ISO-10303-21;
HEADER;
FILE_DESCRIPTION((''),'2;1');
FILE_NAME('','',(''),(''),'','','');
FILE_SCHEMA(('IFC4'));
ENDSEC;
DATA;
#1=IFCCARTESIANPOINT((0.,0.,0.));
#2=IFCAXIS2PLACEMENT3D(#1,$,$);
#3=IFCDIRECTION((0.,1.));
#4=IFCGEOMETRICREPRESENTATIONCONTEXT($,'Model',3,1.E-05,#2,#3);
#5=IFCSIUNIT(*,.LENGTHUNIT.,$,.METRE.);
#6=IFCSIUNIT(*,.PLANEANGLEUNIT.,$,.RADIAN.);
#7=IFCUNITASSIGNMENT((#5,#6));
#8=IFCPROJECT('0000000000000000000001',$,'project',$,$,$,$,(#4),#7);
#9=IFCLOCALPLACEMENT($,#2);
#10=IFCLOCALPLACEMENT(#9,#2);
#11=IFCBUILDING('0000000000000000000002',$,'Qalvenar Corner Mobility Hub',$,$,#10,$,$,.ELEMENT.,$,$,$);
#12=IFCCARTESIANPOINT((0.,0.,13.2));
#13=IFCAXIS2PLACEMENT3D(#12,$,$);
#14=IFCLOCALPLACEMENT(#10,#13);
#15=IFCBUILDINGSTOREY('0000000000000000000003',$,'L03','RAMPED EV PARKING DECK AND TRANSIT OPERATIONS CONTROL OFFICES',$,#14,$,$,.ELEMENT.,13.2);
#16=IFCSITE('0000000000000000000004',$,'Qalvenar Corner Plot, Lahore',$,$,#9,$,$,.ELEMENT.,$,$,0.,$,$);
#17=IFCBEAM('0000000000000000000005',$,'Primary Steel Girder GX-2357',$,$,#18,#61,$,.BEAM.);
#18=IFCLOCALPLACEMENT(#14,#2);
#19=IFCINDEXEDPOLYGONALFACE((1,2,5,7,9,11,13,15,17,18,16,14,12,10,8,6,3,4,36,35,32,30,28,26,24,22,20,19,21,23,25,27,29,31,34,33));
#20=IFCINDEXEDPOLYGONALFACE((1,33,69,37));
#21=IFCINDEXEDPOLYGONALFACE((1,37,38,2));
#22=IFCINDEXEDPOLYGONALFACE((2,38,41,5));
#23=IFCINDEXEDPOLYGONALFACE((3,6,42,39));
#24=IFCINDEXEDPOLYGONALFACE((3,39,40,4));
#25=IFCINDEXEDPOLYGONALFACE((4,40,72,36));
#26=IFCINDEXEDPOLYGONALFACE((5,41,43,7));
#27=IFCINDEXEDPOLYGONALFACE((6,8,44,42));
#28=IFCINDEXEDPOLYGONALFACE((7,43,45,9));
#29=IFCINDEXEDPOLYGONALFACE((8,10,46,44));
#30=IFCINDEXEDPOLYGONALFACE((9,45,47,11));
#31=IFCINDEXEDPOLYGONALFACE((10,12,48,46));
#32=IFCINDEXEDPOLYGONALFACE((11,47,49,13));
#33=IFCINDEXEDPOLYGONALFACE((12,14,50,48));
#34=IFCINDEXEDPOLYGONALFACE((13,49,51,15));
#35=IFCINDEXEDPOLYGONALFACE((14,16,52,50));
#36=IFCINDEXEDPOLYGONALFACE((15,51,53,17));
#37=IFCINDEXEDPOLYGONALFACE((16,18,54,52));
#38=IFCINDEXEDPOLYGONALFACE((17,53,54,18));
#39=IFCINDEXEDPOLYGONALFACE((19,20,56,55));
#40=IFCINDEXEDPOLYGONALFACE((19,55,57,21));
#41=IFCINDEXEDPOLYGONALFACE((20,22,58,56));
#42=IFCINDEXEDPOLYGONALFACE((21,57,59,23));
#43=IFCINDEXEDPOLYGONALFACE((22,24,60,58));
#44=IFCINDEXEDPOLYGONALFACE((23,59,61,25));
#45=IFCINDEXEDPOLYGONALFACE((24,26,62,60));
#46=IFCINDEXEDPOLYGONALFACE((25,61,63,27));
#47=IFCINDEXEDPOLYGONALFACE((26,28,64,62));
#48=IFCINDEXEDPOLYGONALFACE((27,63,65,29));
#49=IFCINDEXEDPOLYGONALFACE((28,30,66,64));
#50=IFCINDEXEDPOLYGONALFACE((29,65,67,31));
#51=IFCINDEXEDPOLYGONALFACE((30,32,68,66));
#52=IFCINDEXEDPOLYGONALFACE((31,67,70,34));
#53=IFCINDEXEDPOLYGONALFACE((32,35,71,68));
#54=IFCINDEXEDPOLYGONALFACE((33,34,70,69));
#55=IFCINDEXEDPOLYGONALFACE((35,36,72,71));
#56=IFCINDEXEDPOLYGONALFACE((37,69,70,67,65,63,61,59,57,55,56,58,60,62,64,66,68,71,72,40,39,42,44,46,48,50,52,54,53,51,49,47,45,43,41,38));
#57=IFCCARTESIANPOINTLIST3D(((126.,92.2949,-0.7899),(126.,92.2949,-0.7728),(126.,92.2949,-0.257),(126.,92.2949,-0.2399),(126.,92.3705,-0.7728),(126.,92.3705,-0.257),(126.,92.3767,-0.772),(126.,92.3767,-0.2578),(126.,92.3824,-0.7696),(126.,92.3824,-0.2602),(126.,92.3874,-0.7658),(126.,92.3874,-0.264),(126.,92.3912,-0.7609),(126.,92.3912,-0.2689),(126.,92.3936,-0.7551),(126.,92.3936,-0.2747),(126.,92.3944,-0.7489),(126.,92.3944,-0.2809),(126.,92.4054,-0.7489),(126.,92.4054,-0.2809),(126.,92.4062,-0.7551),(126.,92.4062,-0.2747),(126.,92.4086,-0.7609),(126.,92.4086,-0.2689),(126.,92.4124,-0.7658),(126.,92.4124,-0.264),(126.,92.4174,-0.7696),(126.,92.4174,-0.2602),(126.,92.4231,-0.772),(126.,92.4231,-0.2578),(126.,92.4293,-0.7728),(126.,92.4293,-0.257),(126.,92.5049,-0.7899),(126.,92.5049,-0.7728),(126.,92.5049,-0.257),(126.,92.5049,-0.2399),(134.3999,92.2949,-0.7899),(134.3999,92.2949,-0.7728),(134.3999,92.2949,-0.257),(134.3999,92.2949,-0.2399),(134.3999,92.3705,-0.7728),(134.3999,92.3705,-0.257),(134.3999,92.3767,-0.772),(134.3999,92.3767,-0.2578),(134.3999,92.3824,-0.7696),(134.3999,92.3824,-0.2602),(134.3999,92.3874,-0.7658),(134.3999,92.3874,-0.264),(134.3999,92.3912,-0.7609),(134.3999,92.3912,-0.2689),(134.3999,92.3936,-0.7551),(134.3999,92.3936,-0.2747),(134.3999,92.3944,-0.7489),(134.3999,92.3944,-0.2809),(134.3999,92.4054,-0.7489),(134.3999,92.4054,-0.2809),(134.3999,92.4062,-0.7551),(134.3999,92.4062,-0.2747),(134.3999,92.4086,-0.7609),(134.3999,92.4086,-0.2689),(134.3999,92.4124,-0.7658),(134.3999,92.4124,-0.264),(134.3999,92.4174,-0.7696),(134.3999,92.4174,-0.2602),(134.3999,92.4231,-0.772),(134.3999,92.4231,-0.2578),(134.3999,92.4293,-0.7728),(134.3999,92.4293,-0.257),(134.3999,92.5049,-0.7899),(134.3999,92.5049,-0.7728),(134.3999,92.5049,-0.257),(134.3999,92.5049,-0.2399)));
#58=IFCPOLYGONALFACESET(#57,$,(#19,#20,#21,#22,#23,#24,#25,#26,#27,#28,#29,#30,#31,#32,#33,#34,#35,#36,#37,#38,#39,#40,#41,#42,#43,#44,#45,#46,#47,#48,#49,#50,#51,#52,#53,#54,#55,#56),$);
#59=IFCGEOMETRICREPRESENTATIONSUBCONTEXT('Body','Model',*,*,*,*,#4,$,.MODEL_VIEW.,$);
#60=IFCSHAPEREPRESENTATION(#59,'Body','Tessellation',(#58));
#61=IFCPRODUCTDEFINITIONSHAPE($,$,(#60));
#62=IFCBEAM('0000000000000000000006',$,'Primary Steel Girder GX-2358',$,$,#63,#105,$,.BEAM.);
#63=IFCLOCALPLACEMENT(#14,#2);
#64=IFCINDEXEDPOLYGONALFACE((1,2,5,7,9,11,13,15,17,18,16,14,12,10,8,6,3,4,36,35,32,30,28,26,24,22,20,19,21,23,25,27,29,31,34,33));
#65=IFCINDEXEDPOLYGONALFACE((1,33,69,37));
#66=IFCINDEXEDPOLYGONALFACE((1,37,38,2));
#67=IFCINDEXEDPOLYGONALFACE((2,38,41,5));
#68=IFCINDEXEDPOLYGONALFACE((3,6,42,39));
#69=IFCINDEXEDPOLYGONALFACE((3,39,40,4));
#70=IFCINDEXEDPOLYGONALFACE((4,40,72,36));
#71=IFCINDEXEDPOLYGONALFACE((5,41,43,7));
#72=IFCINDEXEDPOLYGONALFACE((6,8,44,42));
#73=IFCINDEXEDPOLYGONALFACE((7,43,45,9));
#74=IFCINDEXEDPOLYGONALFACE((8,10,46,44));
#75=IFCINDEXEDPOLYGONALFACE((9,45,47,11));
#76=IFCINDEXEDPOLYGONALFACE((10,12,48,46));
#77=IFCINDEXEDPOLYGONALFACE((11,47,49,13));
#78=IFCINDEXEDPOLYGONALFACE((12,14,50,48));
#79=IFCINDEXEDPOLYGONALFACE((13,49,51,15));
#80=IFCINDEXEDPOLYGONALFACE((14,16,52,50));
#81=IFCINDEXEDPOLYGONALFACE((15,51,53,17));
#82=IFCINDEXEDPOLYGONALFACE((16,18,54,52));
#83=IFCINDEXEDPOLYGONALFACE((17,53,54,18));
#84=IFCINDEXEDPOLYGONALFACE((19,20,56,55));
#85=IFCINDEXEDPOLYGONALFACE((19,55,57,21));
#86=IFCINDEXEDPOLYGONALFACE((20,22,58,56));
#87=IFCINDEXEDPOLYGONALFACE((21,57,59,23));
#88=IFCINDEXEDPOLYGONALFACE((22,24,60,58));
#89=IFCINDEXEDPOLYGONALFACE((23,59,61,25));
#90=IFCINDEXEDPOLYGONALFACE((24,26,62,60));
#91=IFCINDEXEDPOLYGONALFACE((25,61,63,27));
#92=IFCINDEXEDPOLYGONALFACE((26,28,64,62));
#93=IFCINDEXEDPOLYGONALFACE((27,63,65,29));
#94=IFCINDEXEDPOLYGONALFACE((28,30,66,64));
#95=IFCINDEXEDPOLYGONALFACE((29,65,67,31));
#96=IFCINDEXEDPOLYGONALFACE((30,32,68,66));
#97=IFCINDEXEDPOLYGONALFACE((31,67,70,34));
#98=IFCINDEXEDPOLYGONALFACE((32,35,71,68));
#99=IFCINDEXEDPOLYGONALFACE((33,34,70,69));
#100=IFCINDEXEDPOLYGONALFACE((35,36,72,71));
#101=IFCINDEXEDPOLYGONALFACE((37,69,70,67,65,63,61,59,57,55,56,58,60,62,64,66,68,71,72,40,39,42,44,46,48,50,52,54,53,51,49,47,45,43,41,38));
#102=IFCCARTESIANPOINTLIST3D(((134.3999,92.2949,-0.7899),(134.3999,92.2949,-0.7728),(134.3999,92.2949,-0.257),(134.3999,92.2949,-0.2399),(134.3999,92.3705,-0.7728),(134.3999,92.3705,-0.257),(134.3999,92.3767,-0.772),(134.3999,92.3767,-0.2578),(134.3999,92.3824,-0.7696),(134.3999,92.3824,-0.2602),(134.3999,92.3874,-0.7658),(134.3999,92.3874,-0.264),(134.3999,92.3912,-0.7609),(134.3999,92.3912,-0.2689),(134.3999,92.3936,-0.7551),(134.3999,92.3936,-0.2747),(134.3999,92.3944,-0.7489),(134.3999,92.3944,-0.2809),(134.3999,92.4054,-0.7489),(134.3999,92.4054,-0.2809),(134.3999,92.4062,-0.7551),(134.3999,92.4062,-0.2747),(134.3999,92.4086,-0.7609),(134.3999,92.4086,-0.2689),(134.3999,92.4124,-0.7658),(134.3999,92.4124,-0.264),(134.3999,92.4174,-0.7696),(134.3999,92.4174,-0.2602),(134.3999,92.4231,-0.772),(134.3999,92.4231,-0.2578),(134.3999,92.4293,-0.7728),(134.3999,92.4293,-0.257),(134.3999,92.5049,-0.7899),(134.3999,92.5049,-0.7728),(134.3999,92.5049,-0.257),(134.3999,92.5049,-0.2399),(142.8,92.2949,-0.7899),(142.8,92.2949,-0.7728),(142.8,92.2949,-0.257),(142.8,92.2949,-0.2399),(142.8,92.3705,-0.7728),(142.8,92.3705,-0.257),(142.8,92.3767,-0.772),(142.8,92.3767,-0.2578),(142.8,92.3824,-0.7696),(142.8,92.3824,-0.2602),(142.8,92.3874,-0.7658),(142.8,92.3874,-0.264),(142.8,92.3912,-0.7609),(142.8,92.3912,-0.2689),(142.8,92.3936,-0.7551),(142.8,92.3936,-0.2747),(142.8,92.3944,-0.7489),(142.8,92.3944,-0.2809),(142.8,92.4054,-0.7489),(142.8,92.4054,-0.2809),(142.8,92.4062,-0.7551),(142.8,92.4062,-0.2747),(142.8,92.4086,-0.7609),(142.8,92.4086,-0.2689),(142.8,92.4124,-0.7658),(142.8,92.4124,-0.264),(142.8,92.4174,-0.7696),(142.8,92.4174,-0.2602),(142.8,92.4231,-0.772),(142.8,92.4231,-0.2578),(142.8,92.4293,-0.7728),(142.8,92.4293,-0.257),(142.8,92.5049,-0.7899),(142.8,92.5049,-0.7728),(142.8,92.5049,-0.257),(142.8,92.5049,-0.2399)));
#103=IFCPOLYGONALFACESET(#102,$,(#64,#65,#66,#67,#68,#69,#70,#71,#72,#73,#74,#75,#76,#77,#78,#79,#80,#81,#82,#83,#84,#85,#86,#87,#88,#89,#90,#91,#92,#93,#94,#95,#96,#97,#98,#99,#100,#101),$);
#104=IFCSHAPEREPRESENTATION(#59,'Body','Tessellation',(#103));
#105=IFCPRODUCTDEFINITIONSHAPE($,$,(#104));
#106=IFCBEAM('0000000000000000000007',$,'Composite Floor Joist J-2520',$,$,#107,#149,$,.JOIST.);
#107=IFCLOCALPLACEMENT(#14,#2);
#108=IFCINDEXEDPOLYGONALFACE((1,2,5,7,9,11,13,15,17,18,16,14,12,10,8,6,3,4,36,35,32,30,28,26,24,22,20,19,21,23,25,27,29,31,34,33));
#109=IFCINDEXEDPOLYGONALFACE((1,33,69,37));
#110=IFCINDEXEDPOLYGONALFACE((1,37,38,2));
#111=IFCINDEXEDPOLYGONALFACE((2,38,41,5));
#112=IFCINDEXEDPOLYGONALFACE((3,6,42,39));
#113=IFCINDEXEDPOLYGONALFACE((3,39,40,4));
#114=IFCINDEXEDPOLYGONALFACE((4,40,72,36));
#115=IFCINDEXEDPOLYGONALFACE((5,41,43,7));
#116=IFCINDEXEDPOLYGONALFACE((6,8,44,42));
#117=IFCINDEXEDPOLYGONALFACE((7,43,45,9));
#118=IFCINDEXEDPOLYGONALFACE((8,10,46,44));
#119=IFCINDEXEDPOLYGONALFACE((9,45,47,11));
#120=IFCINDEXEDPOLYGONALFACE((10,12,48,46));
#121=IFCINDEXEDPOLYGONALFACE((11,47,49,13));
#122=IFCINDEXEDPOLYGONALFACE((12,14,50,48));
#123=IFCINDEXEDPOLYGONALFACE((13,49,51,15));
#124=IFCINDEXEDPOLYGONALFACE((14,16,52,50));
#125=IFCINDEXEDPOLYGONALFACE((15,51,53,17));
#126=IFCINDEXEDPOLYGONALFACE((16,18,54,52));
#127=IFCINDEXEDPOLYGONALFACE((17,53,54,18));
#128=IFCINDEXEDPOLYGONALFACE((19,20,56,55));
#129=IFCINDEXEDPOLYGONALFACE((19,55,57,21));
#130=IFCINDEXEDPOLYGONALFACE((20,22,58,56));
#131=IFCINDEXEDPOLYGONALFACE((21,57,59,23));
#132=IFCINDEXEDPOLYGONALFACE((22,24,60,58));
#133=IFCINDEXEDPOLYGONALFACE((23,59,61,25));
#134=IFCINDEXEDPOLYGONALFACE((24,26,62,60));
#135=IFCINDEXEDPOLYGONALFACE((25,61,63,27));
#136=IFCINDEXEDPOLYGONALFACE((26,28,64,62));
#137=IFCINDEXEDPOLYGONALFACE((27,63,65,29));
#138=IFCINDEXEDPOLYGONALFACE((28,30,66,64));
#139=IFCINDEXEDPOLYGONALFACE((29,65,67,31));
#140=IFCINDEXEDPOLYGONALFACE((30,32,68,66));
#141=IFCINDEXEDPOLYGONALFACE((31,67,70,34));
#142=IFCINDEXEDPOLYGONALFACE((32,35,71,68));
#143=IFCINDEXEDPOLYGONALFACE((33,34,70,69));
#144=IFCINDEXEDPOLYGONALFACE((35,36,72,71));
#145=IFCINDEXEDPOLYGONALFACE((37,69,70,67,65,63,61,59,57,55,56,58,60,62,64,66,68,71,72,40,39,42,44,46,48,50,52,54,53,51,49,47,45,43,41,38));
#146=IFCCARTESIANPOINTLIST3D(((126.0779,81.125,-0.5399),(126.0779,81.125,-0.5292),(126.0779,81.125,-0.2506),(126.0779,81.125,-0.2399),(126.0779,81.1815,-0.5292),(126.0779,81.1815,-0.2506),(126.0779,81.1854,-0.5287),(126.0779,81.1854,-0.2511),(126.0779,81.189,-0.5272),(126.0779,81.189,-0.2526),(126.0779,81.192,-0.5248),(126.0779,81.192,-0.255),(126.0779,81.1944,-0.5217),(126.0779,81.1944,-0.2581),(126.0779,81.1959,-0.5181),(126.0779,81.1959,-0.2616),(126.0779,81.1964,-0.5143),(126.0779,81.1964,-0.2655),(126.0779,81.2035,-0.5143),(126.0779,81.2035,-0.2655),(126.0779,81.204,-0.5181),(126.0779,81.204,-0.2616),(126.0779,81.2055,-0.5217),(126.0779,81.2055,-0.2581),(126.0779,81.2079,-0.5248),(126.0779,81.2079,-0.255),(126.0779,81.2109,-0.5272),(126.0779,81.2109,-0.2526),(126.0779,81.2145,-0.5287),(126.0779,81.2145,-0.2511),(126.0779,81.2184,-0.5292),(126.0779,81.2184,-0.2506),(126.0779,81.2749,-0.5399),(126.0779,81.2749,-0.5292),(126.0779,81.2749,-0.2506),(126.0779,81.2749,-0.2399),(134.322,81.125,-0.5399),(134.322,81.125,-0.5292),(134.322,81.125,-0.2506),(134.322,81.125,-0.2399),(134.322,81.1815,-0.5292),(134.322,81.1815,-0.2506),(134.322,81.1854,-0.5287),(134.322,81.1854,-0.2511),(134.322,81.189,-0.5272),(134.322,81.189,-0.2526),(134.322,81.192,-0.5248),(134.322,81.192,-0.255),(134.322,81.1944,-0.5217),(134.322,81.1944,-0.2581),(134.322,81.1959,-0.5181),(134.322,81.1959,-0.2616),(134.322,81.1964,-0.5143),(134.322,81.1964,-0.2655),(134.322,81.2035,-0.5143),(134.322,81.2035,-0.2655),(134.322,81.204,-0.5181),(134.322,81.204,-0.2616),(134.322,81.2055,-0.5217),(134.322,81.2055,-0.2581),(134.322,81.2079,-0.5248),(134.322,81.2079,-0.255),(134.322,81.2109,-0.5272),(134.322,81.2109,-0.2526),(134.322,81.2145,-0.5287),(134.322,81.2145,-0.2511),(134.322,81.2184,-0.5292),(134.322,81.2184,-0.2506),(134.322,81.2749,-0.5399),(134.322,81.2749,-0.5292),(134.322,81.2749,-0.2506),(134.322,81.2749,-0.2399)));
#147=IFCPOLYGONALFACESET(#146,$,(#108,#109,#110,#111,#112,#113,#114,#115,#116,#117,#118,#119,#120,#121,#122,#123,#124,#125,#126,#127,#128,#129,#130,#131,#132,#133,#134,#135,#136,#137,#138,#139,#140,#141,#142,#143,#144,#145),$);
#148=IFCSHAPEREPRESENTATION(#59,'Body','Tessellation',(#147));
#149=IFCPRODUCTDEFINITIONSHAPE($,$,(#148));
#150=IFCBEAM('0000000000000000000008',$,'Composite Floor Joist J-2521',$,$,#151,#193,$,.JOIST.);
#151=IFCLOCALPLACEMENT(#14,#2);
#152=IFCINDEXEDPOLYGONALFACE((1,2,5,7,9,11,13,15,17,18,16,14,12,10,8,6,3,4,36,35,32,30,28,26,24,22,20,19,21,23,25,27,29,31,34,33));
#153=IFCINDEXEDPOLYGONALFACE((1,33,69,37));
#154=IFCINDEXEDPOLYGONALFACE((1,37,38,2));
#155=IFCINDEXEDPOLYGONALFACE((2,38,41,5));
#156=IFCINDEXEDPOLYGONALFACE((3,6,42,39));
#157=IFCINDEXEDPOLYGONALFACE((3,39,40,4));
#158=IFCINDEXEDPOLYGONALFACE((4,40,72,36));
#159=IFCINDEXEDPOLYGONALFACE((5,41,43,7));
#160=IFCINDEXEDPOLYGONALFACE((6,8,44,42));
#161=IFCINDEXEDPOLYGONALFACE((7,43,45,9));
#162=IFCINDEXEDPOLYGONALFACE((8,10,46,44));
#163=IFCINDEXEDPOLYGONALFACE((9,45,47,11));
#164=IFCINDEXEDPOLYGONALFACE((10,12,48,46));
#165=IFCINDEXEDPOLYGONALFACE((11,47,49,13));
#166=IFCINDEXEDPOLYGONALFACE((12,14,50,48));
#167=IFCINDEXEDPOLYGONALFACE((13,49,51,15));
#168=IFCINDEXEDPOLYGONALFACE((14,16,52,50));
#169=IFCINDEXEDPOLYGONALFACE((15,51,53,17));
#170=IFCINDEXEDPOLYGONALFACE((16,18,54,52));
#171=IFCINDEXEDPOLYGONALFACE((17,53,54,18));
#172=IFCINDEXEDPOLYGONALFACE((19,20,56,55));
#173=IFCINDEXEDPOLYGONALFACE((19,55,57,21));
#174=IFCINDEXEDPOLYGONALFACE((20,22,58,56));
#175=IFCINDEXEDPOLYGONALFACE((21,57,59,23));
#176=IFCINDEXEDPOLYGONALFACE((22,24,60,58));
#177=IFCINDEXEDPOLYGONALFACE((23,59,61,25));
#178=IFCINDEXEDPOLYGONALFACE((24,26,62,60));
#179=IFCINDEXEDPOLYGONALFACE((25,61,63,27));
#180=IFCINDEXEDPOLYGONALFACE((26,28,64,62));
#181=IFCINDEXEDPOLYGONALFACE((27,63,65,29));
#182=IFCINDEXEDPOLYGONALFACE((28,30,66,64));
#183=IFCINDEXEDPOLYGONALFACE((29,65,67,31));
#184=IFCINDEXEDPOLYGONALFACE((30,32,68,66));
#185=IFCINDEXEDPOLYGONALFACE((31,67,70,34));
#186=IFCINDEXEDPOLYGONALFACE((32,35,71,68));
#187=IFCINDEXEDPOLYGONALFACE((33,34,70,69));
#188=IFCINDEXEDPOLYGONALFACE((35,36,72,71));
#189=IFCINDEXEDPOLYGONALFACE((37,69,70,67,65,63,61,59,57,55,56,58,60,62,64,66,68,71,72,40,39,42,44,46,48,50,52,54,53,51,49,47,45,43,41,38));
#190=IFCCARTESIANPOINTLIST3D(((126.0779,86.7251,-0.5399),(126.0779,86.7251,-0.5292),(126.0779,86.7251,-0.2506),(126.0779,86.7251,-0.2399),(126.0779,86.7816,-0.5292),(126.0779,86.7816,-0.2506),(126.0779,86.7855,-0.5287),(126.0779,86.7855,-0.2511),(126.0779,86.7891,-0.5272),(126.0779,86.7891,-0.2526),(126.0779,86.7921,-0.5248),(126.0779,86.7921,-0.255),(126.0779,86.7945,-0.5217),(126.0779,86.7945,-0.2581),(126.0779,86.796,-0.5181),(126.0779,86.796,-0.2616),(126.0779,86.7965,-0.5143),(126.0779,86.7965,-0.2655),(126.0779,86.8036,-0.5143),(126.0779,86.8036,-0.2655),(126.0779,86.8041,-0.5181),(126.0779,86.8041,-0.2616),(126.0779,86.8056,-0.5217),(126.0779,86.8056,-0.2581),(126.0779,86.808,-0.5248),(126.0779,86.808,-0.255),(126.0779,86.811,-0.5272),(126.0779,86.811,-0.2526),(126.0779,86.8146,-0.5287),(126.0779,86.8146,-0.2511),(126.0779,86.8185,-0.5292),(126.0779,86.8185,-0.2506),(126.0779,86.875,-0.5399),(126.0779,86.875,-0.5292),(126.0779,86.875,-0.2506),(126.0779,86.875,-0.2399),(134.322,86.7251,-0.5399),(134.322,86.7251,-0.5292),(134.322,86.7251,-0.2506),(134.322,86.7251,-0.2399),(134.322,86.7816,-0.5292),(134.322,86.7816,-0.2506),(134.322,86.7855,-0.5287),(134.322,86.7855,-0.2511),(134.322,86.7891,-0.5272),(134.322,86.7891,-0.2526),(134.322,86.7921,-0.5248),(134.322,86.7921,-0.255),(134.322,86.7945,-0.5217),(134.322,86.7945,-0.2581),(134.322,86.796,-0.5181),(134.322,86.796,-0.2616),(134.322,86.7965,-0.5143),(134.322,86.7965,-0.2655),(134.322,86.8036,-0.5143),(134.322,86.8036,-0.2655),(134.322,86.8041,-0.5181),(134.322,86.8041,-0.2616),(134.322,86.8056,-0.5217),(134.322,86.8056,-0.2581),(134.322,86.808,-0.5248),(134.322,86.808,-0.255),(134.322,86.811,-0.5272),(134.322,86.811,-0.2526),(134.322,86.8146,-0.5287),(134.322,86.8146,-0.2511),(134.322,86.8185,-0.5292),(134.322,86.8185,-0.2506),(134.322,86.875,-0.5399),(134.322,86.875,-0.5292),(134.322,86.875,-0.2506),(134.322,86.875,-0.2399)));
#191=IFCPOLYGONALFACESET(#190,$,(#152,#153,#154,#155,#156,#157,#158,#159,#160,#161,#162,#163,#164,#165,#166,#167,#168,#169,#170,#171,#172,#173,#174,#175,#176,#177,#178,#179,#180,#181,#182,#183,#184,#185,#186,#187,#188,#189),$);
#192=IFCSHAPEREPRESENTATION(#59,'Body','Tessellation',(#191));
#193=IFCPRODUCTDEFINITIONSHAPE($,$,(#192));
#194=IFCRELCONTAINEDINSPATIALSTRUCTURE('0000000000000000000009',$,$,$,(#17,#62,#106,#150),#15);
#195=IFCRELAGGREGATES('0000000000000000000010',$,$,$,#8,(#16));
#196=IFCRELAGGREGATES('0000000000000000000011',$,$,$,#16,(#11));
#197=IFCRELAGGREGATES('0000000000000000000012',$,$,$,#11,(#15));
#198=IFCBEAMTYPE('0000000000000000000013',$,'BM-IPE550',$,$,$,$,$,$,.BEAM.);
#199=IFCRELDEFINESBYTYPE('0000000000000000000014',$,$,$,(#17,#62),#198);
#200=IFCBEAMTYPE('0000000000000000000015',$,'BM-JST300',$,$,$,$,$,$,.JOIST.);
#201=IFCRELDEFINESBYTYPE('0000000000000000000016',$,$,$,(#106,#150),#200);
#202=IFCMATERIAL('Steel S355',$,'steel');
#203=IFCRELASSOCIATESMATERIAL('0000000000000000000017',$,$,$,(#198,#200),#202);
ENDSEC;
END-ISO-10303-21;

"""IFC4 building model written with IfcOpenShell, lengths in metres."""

from ifc_helpers import new_model, si_unit, direction, frame, origin, origin_2d, place, context, subcontext, project, spatial, i_section, extrude, material, material_profile, profile_set, type_object, element, save


model = new_model("IFC4")

# Units and contexts
model_context = context("Model", 3, precision=1e-05, world=origin(), true_north=direction((0.0, 1.0)))
body_context = subcontext(model_context, "Body", "Model", "MODEL_VIEW")
ifc_project = project(units=[si_unit("LENGTHUNIT", "METRE"), si_unit("PLANEANGLEUNIT", "RADIAN")], contexts=[model_context])

# Site, building, storey
site_placement = place(None, origin())
site = spatial("IfcSite", under=ifc_project, at=site_placement, Name="Qalvenar Corner Plot, Lahore", CompositionType="ELEMENT", RefElevation=0.0)
building_placement = place(site_placement, origin())
building = spatial("IfcBuilding", under=site, at=building_placement, Name="Qalvenar Corner Mobility Hub", CompositionType="ELEMENT")
storey_placement = place(building_placement, frame((0.0, 0.0, 13.2)))
storey = spatial("IfcBuildingStorey", under=building, at=storey_placement, Name="L03", Description="RAMPED EV PARKING DECK AND TRANSIT OPERATIONS CONTROL OFFICES", CompositionType="ELEMENT", Elevation=13.2)

# Shared definitions
ifc_material_1 = material(Name="Steel S355", Category="steel")

# Beams
ifc_material_profile_1 = material_profile(ifc_material_1, i_section(OverallWidth=0.21, OverallDepth=0.55, WebThickness=0.011, FlangeThickness=0.0171, FilletRadius=0.0239, at=origin_2d()), Name="IPE550")
ifc_profile_set_1 = profile_set([ifc_material_profile_1], Name="Steel S355")
beam_type_1 = type_object("IfcBeamType", Name="BM-IPE550", PredefinedType="BEAM", material=ifc_profile_set_1)
beam_1_placement = place(storey_placement, frame((126.0, 92.3999, -0.5149), z_axis=(1.0, 0.0, 0.0), x_axis=(0.0, 1.0, 0.0)))
element("IfcBeam", 1, at=beam_1_placement, inside=storey, type_object=beam_type_1, Name="Primary Steel Girder GX-2357", PredefinedType="BEAM", context=body_context, shape_type="SweptSolid", body=[
    extrude(i_section(OverallWidth=0.21, OverallDepth=0.55, WebThickness=0.011, FlangeThickness=0.0171, FilletRadius=0.0239, at=origin_2d()), origin(), (0.0, 0.0, 1.0), 8.3999),
])
beam_2_placement = place(storey_placement, frame((134.3999, 92.3999, -0.5149), z_axis=(1.0, 0.0, 0.0), x_axis=(0.0, 1.0, 0.0)))
element("IfcBeam", 2, at=beam_2_placement, inside=storey, type_object=beam_type_1, Name="Primary Steel Girder GX-2358", PredefinedType="BEAM", context=body_context, shape_type="SweptSolid", body=[
    extrude(i_section(OverallWidth=0.21, OverallDepth=0.55, WebThickness=0.011, FlangeThickness=0.0171, FilletRadius=0.0239, at=origin_2d()), origin(), (0.0, 0.0, 1.0), 8.4001),
])
ifc_material_profile_2 = material_profile(ifc_material_1, i_section(OverallWidth=0.1499, OverallDepth=0.3, WebThickness=0.0071, FlangeThickness=0.0107, FilletRadius=0.0149, at=origin_2d()), Name="IPE300")
ifc_profile_set_2 = profile_set([ifc_material_profile_2], Name="Steel S355")
beam_type_2 = type_object("IfcBeamType", Name="BM-JST300", PredefinedType="JOIST", material=ifc_profile_set_2)
for number, where, z_axis, x_axis, name in (
    (3, (126.0779, 81.2, -0.3899), (1.0, 0.0, 0.0), (0.0, 1.0, 0.0), "Composite Floor Joist J-2520"),
    (4, (126.0779, 86.8, -0.3899), (1.0, 0.0, 0.0), (0.0, 1.0, 0.0), "Composite Floor Joist J-2521"),
):
    element("IfcBeam", number, at=place(storey_placement, frame(where, z_axis=z_axis, x_axis=x_axis)), inside=storey, type_object=beam_type_2, Name=name, PredefinedType="JOIST", context=body_context, shape_type="SweptSolid", body=[
        extrude(i_section(OverallWidth=0.1499, OverallDepth=0.3, WebThickness=0.0071, FlangeThickness=0.0107, FilletRadius=0.0149, at=origin_2d()), origin(), (0.0, 0.0, 1.0), 8.2441),
    ])

save(model, "model.ifc")
